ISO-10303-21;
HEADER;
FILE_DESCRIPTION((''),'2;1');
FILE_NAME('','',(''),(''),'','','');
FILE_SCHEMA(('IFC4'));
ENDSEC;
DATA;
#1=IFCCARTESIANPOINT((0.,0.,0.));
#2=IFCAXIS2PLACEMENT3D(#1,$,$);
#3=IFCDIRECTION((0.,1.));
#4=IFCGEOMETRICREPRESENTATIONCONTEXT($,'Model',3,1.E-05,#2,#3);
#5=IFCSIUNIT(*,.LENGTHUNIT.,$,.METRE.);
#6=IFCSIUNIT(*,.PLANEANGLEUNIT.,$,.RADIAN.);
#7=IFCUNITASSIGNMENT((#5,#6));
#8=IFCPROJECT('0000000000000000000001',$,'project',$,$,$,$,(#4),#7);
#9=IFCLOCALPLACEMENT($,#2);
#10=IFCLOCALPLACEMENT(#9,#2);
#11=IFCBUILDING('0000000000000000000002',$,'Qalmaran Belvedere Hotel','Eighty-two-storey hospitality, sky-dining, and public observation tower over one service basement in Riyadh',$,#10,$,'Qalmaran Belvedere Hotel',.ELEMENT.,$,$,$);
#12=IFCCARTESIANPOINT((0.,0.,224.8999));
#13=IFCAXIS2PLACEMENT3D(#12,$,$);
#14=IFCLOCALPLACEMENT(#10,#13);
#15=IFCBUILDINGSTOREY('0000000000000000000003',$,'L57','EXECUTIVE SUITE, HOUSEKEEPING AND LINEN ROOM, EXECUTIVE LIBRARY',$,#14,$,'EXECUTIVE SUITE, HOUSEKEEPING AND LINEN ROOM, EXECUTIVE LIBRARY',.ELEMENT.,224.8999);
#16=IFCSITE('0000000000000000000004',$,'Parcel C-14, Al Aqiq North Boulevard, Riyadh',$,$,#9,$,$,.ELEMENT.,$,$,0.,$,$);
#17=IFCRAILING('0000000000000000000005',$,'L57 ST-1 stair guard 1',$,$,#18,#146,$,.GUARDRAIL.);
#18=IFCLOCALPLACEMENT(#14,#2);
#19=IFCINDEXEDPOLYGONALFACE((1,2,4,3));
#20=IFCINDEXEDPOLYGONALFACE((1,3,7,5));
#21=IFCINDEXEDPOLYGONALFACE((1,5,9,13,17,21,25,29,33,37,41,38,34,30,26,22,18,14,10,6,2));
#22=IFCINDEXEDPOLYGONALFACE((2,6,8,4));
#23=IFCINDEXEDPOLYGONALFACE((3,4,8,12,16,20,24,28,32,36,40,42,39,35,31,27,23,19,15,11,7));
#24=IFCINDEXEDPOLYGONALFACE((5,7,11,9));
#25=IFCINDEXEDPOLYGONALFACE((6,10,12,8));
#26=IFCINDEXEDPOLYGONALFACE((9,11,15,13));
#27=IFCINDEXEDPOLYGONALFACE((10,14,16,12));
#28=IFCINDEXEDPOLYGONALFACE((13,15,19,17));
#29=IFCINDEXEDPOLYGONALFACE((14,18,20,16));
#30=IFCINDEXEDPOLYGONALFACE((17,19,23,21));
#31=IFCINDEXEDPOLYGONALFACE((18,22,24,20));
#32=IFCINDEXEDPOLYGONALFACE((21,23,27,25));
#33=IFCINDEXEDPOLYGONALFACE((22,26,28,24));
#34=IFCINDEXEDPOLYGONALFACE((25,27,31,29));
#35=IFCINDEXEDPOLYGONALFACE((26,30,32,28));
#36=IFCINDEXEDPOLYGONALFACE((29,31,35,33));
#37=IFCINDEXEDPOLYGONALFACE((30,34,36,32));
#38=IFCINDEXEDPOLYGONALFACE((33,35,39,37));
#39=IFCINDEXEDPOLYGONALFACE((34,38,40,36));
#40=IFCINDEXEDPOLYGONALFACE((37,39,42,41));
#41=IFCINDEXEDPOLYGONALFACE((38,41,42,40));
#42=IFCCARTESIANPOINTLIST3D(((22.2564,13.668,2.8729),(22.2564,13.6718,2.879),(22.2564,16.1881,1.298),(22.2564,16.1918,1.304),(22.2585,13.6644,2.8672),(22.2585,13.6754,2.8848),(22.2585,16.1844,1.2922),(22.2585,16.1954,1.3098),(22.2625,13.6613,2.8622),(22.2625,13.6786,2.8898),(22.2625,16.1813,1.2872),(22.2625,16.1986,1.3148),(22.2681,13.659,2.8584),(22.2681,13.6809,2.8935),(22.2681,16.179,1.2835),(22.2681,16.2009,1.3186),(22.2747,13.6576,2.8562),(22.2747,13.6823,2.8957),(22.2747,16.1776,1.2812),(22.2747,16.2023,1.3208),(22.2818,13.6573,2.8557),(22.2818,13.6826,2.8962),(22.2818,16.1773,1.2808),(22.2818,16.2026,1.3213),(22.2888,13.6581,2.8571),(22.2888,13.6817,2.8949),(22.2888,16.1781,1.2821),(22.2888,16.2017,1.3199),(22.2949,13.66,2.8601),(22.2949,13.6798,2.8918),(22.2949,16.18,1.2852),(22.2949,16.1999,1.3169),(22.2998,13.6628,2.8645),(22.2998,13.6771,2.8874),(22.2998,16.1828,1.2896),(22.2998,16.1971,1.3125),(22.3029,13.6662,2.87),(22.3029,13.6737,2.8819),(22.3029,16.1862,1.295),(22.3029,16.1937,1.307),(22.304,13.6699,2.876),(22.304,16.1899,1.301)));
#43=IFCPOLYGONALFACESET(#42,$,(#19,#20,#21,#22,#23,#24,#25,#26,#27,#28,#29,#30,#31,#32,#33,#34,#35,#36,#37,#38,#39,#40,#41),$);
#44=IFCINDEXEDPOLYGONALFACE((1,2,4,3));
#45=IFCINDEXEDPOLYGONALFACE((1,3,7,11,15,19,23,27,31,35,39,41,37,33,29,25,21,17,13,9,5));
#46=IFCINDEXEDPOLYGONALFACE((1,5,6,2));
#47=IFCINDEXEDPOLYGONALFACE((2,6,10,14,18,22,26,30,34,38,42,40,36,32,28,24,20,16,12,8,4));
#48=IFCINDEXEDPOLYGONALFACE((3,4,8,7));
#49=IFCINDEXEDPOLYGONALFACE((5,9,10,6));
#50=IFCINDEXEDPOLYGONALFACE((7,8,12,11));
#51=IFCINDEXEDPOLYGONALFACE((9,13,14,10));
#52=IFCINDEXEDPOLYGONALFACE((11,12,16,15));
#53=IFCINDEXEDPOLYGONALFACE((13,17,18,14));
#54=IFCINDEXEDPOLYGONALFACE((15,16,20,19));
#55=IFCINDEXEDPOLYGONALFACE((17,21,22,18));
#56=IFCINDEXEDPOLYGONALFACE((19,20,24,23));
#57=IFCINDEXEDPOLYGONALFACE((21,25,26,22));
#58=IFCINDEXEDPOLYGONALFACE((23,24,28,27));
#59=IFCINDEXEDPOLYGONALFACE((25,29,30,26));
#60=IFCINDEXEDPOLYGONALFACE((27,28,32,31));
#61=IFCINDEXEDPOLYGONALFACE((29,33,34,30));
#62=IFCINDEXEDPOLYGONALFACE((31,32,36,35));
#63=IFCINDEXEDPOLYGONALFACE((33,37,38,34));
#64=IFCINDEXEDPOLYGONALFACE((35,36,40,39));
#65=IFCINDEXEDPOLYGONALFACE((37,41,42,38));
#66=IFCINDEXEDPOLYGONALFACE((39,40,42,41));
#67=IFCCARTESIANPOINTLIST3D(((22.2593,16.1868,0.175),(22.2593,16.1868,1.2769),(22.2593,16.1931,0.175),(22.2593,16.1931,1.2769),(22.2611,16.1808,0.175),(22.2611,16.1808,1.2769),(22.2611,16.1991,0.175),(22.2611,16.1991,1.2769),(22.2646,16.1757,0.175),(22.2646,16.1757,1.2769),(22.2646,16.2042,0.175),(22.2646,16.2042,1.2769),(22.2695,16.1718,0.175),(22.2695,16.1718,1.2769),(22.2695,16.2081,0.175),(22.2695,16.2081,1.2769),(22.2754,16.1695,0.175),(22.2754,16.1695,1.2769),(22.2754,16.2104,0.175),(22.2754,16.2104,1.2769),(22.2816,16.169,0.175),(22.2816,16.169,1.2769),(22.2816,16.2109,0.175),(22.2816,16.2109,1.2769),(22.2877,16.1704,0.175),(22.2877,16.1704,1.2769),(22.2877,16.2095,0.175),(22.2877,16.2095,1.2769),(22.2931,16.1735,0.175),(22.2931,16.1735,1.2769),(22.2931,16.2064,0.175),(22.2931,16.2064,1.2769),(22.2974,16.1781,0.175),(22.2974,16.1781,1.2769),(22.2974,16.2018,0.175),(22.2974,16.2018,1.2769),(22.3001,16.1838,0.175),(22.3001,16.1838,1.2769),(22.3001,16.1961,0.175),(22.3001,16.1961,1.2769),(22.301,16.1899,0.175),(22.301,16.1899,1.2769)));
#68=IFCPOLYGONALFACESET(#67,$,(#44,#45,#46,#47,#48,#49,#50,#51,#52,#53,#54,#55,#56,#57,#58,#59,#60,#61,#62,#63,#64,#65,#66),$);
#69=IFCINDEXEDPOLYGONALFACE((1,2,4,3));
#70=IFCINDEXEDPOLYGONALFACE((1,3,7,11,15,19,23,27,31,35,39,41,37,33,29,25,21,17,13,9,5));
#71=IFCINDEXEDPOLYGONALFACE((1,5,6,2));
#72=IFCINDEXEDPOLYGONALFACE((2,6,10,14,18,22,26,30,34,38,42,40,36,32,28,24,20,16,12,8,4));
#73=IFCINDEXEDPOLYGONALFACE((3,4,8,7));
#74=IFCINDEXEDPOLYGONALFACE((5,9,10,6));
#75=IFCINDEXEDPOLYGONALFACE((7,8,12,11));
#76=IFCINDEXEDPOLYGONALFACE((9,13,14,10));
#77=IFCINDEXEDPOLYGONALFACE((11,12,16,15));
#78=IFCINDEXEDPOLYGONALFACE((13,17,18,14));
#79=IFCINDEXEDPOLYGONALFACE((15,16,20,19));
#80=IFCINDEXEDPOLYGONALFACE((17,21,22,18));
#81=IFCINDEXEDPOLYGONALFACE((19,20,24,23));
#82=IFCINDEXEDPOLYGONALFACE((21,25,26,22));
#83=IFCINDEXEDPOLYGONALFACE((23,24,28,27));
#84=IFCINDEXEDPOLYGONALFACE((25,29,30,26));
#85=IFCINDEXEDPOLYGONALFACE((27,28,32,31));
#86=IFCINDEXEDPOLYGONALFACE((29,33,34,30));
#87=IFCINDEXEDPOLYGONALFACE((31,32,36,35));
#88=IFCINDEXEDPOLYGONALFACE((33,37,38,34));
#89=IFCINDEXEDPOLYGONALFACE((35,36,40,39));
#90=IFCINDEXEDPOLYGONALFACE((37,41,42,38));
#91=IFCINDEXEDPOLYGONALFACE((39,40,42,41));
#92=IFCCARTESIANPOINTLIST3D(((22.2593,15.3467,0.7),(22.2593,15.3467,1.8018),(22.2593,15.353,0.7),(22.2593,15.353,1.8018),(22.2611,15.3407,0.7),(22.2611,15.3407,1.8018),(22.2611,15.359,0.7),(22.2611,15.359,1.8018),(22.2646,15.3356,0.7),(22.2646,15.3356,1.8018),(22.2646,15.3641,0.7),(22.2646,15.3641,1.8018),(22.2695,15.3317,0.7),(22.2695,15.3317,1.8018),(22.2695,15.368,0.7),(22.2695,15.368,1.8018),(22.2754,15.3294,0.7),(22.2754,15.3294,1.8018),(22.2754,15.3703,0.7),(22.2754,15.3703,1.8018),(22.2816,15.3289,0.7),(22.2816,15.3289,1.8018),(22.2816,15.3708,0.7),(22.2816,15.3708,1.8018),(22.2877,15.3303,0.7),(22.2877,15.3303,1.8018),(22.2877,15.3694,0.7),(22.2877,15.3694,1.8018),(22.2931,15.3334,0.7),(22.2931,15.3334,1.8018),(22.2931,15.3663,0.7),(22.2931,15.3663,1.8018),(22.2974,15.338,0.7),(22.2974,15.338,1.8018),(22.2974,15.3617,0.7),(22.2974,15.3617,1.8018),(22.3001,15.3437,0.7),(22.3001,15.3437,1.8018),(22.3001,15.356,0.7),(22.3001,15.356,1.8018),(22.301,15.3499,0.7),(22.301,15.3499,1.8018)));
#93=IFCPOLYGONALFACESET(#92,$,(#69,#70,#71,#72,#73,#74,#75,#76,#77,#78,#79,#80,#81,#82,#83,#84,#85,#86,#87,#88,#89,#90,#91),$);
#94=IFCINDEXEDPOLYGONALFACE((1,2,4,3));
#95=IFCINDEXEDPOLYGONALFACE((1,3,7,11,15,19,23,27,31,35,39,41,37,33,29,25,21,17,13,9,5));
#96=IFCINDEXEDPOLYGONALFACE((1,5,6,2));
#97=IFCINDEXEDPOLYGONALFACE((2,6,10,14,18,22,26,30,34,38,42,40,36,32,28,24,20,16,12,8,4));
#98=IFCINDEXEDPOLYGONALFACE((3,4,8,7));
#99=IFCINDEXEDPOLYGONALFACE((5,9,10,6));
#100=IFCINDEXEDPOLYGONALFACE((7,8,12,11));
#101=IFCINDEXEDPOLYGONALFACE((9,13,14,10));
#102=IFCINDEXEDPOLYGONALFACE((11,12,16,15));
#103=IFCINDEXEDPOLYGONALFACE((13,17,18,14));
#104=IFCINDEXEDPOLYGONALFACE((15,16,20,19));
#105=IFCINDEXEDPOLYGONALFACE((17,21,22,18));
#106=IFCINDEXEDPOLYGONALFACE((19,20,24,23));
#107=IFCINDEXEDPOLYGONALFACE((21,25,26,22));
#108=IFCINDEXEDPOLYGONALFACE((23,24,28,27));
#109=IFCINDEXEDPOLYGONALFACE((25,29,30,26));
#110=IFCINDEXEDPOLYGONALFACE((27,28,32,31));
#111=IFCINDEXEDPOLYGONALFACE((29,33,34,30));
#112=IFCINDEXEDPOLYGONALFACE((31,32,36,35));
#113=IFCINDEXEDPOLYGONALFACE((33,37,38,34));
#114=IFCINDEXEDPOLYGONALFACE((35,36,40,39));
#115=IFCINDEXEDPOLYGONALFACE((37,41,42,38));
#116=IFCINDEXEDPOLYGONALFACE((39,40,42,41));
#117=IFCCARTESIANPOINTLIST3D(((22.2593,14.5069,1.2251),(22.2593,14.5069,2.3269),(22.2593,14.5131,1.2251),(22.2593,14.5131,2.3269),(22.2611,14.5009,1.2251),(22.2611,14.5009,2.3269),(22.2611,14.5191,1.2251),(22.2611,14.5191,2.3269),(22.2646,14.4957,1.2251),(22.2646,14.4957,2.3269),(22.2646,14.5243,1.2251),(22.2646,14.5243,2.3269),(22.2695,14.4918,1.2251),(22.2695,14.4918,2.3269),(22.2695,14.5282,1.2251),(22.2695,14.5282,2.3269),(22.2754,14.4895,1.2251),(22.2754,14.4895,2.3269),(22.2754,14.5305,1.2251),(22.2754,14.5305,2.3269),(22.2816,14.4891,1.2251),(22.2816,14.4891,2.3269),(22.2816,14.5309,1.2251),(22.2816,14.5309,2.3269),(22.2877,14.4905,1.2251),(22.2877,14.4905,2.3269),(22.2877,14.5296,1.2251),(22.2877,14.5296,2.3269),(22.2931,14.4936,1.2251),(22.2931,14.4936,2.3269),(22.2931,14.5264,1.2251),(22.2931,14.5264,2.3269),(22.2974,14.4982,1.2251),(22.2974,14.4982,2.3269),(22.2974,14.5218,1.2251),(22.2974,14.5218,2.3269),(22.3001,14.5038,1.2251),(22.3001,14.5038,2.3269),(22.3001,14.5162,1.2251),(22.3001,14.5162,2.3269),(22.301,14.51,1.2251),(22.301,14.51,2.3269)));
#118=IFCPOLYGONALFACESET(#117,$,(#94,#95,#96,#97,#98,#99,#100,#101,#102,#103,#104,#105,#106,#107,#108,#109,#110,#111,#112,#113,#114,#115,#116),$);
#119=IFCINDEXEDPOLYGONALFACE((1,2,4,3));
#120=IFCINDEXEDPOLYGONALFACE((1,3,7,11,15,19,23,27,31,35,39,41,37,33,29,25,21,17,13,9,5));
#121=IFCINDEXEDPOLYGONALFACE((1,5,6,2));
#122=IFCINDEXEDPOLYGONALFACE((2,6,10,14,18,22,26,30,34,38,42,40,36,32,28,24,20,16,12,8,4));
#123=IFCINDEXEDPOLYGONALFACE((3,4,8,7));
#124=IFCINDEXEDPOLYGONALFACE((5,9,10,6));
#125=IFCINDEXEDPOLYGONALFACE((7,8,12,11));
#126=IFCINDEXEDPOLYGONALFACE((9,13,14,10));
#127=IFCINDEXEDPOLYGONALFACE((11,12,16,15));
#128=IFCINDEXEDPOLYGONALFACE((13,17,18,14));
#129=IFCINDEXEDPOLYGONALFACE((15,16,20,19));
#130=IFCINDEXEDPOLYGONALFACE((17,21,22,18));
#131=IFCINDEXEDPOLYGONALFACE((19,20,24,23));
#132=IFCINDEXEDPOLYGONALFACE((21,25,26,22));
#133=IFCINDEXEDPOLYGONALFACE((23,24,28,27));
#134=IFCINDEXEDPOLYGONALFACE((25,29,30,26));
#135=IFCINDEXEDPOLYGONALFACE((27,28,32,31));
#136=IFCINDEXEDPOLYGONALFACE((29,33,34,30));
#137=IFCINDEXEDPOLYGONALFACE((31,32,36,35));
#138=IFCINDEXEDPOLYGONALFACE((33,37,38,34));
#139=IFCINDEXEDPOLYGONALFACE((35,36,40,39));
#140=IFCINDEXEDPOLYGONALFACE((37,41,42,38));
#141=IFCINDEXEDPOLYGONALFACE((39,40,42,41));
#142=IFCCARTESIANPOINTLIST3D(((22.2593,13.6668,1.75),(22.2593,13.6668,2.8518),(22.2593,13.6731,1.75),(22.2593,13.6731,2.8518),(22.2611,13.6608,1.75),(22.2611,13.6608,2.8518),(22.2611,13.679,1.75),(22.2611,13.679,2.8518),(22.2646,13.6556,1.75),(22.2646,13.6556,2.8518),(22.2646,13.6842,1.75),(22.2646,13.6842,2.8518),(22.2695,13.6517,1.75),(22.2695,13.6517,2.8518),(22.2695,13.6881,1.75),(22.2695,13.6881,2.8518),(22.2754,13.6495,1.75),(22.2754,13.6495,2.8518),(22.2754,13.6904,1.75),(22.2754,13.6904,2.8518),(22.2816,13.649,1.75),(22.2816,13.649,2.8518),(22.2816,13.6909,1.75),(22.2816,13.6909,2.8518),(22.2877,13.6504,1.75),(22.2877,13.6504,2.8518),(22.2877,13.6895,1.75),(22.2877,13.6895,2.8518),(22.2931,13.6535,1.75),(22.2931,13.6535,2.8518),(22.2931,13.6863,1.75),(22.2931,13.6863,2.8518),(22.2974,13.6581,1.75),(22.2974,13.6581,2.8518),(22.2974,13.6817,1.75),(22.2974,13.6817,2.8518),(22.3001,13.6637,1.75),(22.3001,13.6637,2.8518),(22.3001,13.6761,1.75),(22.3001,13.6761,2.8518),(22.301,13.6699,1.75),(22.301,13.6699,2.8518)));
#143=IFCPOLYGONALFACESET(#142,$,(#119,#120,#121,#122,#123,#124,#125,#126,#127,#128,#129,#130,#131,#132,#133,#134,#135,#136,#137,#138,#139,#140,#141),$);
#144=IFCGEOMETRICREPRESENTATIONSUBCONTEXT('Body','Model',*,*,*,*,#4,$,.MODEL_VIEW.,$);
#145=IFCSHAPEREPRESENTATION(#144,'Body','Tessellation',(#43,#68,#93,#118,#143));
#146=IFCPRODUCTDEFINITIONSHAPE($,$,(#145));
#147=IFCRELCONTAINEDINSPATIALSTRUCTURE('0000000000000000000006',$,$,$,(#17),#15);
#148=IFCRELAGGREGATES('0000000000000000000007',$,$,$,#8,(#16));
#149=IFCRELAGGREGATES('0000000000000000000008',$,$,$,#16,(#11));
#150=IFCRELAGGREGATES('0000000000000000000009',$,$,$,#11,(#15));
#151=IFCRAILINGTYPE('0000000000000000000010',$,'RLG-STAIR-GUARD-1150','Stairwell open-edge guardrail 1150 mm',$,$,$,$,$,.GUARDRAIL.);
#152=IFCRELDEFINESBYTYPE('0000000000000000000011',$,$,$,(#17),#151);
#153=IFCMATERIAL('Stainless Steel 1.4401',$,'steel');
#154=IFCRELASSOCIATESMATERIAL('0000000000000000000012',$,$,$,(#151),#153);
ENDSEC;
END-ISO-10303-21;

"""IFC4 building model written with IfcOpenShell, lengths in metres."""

from ifc_helpers import new_model, si_unit, direction, frame, origin, origin_2d, place, context, subcontext, project, spatial, circle, extrude, material, type_object, element, save


model = new_model("IFC4")

# Units and contexts
model_context = context("Model", 3, precision=1e-05, world=origin(), true_north=direction((0.0, 1.0)))
body_context = subcontext(model_context, "Body", "Model", "MODEL_VIEW")
ifc_project = project(units=[si_unit("LENGTHUNIT", "METRE"), si_unit("PLANEANGLEUNIT", "RADIAN")], contexts=[model_context])

# Site, building, storey
site_placement = place(None, origin())
site = spatial("IfcSite", under=ifc_project, at=site_placement, Name="Parcel C-14, Al Aqiq North Boulevard, Riyadh", CompositionType="ELEMENT", RefElevation=0.0)
building_placement = place(site_placement, origin())
building = spatial("IfcBuilding", under=site, at=building_placement, Name="Qalmaran Belvedere Hotel", Description="Eighty-two-storey hospitality, sky-dining, and public observation tower over one service basement in Riyadh", LongName="Qalmaran Belvedere Hotel", CompositionType="ELEMENT")
storey_placement = place(building_placement, frame((0.0, 0.0, 224.8999)))
storey = spatial("IfcBuildingStorey", under=building, at=storey_placement, Name="L57", Description="EXECUTIVE SUITE, HOUSEKEEPING AND LINEN ROOM, EXECUTIVE LIBRARY", LongName="EXECUTIVE SUITE, HOUSEKEEPING AND LINEN ROOM, EXECUTIVE LIBRARY", CompositionType="ELEMENT", Elevation=224.8999)

# Railing
ifc_material_1 = material(Name="Stainless Steel 1.4401", Category="steel")
railing_type_1 = type_object("IfcRailingType", Name="RLG-STAIR-GUARD-1150", Description="Stairwell open-edge guardrail 1150 mm", PredefinedType="GUARDRAIL", material=ifc_material_1)
railing_1_placement = place(storey_placement, frame((22.28, 16.1899, 0.175)))
element("IfcRailing", 1, at=railing_1_placement, inside=storey, type_object=railing_type_1, Name="L57 ST-1 stair guard 1", PredefinedType="GUARDRAIL", context=body_context, shape_type="SweptSolid", body=[
    extrude(circle(Radius=0.0239, at=origin_2d()), frame((0.0, 0.0, 1.126), z_axis=(0.0, -0.848008, 0.529984), x_axis=(1.0, 0.0, 0.0)), (0.0, 0.0, 1.0), 2.9717),
    extrude(circle(Radius=0.021, at=origin_2d()), origin(), (0.0, 0.0, 1.0), 1.1018),
    extrude(circle(Radius=0.021, at=origin_2d()), frame((0.0, -0.8401, 0.5249)), (0.0, 0.0, 1.0), 1.1018),
    extrude(circle(Radius=0.021, at=origin_2d()), frame((0.0, -1.6799, 1.05)), (0.0, 0.0, 1.0), 1.1018),
    extrude(circle(Radius=0.021, at=origin_2d()), frame((0.0, -2.52, 1.575)), (0.0, 0.0, 1.0), 1.1018),
])

save(model, "model.ifc")
